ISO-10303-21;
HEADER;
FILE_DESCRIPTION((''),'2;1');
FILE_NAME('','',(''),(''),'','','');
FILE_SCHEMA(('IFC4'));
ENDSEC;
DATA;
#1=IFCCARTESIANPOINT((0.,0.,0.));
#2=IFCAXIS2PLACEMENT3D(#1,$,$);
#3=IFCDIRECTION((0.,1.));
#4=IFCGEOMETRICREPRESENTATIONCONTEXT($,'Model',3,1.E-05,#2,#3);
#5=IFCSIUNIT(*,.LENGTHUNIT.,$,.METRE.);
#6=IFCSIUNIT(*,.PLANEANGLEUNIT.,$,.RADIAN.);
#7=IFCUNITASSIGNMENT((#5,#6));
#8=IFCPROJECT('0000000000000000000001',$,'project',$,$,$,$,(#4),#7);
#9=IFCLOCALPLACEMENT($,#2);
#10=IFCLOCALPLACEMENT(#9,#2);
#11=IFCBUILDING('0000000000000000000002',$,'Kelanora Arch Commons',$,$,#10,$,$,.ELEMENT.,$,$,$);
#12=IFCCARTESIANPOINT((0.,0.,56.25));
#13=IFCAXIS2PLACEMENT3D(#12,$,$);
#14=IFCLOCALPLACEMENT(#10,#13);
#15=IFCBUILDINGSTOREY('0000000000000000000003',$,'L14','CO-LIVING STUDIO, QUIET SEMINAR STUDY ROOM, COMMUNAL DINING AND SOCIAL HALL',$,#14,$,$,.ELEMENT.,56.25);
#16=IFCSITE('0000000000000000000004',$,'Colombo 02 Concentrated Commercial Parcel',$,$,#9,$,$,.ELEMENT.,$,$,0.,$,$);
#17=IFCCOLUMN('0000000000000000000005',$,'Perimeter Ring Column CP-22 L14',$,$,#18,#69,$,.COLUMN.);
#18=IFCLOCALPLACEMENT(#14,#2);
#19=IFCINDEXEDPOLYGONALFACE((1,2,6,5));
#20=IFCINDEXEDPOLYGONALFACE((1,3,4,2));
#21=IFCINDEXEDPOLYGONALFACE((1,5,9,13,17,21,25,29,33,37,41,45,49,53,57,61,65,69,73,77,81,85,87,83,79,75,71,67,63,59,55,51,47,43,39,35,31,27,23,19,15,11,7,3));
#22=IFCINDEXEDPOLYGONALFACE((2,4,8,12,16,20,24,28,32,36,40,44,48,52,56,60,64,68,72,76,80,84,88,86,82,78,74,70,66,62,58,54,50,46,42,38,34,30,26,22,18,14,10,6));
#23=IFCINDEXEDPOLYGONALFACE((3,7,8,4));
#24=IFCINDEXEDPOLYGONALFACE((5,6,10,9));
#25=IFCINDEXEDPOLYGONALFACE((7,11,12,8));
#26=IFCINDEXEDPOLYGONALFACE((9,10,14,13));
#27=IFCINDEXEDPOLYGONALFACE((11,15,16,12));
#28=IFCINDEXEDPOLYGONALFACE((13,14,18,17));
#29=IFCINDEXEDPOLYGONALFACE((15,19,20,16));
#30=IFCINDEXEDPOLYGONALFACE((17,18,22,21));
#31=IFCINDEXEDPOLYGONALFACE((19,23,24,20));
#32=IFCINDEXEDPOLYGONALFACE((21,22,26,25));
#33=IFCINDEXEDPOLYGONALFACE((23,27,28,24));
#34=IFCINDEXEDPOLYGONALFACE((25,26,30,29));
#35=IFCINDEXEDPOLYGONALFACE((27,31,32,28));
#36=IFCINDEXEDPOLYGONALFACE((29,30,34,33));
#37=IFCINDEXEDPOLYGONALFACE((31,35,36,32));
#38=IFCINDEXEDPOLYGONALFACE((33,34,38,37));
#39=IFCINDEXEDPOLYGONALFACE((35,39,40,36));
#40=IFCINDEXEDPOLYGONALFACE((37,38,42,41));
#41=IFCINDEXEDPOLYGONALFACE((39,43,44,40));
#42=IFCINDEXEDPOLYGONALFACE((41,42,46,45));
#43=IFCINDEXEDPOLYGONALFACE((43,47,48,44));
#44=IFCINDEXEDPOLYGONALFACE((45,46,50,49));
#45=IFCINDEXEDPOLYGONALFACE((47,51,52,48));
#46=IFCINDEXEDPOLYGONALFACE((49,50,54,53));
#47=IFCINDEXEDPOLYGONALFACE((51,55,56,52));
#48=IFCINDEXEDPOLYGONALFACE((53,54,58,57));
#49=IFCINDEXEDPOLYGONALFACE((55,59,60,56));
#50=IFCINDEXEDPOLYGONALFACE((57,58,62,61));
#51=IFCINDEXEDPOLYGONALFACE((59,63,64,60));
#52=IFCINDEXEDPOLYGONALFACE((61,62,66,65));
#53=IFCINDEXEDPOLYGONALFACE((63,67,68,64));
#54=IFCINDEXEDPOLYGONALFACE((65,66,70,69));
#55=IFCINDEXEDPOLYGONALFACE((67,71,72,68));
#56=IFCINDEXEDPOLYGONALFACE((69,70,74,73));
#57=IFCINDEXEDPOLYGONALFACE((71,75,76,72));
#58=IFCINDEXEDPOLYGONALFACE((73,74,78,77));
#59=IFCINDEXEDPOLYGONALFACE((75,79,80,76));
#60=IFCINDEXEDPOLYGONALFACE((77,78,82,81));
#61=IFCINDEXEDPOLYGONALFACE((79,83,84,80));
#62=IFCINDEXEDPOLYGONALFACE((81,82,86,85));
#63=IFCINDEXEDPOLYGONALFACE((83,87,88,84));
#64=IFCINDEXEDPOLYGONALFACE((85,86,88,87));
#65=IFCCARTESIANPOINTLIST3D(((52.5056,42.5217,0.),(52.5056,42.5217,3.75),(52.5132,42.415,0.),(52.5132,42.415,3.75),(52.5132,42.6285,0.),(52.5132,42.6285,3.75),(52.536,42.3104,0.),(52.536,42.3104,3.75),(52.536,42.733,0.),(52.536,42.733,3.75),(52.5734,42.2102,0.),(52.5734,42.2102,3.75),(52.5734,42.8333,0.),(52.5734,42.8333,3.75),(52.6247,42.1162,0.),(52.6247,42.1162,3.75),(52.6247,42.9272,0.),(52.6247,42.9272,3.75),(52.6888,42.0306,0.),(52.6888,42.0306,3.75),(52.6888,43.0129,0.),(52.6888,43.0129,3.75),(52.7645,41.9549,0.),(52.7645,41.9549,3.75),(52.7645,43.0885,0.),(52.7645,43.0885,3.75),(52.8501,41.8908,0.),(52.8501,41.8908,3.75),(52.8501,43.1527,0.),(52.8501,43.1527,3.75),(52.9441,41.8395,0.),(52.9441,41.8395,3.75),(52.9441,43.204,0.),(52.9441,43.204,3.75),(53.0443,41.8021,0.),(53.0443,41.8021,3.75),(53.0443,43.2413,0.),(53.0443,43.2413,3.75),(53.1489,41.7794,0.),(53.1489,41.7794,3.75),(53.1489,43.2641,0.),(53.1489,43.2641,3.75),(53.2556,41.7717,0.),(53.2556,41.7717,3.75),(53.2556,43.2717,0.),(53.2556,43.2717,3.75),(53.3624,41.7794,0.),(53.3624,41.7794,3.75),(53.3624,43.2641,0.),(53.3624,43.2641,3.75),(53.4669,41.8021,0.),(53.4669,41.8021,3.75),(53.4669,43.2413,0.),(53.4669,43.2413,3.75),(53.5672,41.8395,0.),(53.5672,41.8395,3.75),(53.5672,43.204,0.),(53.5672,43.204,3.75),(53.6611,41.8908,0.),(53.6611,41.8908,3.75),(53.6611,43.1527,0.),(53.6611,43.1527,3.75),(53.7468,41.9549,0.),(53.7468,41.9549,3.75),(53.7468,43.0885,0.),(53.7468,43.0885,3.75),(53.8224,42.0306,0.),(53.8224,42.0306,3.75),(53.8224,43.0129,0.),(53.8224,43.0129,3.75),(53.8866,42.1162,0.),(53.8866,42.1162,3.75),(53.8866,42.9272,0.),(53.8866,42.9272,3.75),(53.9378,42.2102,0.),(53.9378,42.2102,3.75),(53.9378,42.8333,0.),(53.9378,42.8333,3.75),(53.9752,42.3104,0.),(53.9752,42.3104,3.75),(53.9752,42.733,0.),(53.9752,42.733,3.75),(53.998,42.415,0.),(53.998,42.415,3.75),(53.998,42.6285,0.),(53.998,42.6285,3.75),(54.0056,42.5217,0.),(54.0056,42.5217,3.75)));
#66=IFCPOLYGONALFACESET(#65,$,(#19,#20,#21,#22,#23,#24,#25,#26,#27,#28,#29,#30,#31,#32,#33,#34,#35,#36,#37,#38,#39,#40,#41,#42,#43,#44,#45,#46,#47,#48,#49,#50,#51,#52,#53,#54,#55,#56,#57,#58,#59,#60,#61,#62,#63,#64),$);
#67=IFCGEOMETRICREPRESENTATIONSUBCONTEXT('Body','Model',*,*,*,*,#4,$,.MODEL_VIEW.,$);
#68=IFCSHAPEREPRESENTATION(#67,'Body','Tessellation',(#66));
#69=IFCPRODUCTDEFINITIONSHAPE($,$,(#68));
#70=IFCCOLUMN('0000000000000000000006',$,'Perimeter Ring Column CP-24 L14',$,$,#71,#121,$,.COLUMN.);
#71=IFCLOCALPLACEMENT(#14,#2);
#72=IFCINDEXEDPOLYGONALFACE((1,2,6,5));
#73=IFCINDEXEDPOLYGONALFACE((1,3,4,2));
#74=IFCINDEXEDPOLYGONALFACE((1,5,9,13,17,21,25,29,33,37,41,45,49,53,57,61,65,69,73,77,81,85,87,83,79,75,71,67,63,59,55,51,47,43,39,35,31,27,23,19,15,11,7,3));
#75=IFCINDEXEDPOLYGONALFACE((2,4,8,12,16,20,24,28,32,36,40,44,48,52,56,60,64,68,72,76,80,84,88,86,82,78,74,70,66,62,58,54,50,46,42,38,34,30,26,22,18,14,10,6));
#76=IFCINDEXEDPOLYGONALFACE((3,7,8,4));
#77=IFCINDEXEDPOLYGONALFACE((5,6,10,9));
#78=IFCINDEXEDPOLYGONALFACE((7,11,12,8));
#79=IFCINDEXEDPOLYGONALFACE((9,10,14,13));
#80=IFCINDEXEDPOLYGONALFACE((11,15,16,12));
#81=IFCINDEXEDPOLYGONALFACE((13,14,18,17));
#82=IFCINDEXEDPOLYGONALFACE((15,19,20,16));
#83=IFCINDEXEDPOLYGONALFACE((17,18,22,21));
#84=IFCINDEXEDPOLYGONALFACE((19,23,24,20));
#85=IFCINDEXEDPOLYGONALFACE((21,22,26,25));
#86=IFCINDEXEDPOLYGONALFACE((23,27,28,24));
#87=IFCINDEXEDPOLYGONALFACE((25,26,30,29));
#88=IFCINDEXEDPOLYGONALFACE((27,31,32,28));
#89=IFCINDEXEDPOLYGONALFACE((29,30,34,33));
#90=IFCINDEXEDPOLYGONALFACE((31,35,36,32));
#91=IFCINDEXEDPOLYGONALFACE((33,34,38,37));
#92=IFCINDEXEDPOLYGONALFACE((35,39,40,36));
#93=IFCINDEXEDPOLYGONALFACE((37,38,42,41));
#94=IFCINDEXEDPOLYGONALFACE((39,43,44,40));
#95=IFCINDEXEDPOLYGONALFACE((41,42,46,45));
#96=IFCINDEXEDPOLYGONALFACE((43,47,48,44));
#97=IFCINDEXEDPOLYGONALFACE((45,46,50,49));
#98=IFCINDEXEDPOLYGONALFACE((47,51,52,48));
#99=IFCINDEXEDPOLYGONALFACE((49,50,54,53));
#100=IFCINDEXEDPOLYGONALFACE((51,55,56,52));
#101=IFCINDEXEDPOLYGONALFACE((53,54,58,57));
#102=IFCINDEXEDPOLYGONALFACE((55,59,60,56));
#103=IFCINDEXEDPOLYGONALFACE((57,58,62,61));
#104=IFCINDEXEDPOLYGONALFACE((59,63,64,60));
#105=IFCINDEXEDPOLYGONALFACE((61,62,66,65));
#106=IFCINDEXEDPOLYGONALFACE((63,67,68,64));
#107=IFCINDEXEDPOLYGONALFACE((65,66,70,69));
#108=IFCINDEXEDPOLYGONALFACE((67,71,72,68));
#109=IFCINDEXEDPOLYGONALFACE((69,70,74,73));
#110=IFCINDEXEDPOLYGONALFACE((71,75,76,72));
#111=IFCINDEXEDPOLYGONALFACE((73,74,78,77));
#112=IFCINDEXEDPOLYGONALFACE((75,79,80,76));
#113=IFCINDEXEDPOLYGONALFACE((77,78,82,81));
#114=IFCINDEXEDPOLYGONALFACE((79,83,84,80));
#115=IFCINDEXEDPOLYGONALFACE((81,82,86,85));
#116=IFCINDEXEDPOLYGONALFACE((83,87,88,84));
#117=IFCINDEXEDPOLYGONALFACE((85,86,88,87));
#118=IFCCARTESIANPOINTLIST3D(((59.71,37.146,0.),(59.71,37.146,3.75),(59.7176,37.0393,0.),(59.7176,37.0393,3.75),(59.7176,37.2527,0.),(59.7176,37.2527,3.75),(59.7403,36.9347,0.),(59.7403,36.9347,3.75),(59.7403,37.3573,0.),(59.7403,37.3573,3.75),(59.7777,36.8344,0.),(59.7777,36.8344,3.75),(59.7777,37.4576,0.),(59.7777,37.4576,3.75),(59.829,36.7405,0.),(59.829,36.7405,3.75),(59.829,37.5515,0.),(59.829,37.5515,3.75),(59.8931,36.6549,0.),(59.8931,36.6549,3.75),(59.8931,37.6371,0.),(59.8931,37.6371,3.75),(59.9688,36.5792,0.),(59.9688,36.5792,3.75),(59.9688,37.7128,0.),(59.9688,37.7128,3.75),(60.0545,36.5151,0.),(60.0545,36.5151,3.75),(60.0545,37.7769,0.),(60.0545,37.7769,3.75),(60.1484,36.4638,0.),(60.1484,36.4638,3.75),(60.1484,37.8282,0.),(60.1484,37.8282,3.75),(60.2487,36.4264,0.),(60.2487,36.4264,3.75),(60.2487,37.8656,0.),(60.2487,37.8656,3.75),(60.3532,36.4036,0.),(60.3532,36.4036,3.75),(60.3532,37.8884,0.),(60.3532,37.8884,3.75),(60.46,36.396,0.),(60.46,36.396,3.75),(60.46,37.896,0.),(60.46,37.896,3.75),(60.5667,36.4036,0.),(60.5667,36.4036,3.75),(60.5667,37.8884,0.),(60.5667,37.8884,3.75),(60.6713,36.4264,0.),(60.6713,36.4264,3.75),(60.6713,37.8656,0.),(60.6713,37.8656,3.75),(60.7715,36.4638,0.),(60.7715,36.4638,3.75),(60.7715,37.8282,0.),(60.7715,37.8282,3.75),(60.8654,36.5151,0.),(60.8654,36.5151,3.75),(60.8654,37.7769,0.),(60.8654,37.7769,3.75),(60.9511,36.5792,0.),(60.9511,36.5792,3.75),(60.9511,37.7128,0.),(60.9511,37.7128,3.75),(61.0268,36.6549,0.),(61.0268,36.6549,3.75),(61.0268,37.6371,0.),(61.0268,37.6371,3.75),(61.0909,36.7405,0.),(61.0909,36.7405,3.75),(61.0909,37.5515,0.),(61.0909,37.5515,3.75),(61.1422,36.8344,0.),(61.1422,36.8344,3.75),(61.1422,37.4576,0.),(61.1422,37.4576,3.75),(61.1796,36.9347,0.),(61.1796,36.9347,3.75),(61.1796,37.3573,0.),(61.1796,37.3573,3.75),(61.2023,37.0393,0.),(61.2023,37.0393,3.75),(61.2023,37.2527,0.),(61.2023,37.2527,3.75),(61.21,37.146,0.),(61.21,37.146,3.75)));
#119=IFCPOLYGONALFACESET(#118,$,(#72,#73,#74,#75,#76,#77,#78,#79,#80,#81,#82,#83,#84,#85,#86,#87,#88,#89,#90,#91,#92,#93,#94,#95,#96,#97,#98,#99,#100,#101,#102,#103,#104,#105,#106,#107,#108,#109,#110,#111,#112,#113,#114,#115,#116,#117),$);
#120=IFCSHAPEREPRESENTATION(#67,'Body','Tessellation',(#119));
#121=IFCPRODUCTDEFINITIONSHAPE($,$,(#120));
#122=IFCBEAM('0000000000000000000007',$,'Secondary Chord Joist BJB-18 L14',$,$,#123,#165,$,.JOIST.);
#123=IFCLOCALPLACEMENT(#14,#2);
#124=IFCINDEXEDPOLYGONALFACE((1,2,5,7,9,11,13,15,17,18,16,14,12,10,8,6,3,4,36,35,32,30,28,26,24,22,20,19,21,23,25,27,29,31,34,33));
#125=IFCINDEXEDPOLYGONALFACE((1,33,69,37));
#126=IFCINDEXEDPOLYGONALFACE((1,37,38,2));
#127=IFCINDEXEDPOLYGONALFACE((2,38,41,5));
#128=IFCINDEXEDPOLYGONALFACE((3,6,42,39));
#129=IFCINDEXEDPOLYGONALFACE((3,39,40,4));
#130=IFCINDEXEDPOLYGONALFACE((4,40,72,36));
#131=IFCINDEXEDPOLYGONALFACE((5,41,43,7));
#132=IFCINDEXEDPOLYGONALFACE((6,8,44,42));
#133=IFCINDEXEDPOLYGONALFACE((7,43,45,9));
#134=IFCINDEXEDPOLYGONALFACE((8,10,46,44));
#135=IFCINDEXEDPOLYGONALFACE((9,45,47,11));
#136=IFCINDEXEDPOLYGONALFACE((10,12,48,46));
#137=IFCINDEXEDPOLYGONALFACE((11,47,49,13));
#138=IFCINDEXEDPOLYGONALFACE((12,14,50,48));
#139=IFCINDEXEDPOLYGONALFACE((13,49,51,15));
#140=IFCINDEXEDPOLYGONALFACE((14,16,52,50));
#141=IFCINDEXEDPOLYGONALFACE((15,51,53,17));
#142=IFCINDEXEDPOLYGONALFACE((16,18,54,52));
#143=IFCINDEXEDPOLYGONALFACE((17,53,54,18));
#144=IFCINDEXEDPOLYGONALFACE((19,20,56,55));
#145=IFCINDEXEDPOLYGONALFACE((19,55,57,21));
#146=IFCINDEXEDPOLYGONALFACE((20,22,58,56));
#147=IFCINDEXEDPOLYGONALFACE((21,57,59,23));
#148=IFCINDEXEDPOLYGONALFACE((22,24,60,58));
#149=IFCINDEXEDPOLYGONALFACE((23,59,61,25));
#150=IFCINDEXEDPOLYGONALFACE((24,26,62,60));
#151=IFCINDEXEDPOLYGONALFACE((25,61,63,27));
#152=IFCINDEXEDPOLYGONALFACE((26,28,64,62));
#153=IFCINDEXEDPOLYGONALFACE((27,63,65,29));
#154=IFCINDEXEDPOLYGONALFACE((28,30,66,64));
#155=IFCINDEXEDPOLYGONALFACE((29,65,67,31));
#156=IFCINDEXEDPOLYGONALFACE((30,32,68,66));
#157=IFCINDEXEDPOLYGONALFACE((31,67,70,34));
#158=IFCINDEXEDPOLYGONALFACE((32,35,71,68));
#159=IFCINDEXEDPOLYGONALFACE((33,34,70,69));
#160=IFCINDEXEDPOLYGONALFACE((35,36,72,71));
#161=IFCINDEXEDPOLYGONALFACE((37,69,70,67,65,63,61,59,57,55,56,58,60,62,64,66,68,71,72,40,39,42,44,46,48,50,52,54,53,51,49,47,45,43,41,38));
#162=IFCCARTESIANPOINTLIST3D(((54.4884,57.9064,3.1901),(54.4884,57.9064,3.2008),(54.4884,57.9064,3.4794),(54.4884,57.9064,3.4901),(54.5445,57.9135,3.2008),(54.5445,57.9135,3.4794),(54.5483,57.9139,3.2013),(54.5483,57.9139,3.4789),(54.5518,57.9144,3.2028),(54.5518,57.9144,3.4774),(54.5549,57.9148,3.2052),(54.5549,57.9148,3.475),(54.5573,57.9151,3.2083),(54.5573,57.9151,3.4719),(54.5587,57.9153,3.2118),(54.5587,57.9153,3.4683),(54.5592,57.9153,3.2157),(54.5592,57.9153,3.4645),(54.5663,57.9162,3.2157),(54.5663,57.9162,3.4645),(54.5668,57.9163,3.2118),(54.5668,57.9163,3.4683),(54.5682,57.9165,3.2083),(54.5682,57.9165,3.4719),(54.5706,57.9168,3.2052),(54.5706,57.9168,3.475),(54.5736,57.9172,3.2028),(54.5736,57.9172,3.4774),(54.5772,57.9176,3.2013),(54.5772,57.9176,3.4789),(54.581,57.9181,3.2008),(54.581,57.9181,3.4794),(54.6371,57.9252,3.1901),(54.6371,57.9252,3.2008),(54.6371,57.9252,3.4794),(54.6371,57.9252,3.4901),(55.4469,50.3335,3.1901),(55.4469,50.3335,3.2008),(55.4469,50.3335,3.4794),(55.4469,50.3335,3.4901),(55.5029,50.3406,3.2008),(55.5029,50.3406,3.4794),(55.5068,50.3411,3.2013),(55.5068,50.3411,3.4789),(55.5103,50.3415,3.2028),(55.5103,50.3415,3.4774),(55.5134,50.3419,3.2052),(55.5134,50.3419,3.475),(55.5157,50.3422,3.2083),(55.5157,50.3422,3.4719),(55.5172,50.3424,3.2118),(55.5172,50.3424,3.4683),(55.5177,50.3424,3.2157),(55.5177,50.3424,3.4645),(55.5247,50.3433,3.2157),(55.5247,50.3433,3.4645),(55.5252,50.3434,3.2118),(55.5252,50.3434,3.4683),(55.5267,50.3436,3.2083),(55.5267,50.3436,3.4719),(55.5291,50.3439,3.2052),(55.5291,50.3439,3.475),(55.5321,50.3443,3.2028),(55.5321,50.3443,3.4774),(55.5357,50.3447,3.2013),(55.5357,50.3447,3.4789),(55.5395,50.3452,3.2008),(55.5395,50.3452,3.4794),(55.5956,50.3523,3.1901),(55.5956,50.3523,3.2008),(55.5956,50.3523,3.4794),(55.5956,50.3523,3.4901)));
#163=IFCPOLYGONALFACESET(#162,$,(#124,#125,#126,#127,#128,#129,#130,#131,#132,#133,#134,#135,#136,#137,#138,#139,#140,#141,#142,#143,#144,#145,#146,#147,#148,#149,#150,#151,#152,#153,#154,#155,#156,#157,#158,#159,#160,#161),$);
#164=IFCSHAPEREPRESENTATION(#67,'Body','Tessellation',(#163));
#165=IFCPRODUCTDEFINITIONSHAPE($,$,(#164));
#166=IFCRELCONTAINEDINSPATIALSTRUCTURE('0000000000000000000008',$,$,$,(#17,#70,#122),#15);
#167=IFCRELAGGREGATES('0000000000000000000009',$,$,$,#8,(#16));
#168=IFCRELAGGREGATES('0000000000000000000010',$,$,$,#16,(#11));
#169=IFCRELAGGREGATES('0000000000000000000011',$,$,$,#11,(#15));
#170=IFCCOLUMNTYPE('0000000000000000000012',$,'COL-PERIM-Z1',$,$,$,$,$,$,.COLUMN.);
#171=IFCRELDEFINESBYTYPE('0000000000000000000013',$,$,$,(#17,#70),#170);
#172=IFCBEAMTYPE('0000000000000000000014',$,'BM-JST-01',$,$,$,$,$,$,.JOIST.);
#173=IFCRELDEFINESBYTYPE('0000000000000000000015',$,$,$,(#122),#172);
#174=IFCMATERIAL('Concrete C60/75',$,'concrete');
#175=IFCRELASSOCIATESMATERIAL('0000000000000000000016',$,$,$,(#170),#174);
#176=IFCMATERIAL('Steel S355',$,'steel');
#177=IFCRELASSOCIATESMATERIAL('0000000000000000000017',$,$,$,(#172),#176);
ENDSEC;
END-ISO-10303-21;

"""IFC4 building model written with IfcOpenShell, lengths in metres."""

from ifc_helpers import new_model, si_unit, direction, frame, origin, origin_2d, place, context, subcontext, project, spatial, circle, i_section, extrude, material, material_profile, profile_set, type_object, element, save


model = new_model("IFC4")

# Units and contexts
model_context = context("Model", 3, precision=1e-05, world=origin(), true_north=direction((0.0, 1.0)))
body_context = subcontext(model_context, "Body", "Model", "MODEL_VIEW")
ifc_project = project(units=[si_unit("LENGTHUNIT", "METRE"), si_unit("PLANEANGLEUNIT", "RADIAN")], contexts=[model_context])

# Site, building, storey
site_placement = place(None, origin())
site = spatial("IfcSite", under=ifc_project, at=site_placement, Name="Colombo 02 Concentrated Commercial Parcel", CompositionType="ELEMENT", RefElevation=0.0)
building_placement = place(site_placement, origin())
building = spatial("IfcBuilding", under=site, at=building_placement, Name="Kelanora Arch Commons", CompositionType="ELEMENT")
storey_placement = place(building_placement, frame((0.0, 0.0, 56.25)))
storey = spatial("IfcBuildingStorey", under=building, at=storey_placement, Name="L14", Description="CO-LIVING STUDIO, QUIET SEMINAR STUDY ROOM, COMMUNAL DINING AND SOCIAL HALL", CompositionType="ELEMENT", Elevation=56.25)

# Columns
ifc_material_1 = material(Name="Concrete C60/75", Category="concrete")
ifc_material_profile_1 = material_profile(ifc_material_1, circle(Radius=0.75, at=origin_2d()), Name="RCC1500")
ifc_profile_set_1 = profile_set([ifc_material_profile_1], Name="Concrete C60/75")
column_type = type_object("IfcColumnType", Name="COL-PERIM-Z1", PredefinedType="COLUMN", material=ifc_profile_set_1)
for number, where, z_axis, x_axis, name in (
    (1, (53.2556, 42.5217, 0.0), (0.0, 0.0, 1.0), (1.0, 0.0, 0.0), "Perimeter Ring Column CP-22 L14"),
    (2, (60.46, 37.146, 0.0), (0.0, 0.0, 1.0), (1.0, 0.0, 0.0), "Perimeter Ring Column CP-24 L14"),
):
    element("IfcColumn", number, at=place(storey_placement, frame(where, z_axis=z_axis, x_axis=x_axis)), inside=storey, type_object=column_type, Name=name, PredefinedType="COLUMN", context=body_context, shape_type="SweptSolid", body=[
        extrude(circle(Radius=0.75, at=origin_2d()), origin(), (0.0, 0.0, 1.0), 3.75),
    ])

# Beam
ifc_material_2 = material(Name="Steel S355", Category="steel")
ifc_material_profile_2 = material_profile(ifc_material_2, i_section(OverallWidth=0.1499, OverallDepth=0.3, WebThickness=0.0071, FlangeThickness=0.0107, FilletRadius=0.0149, at=origin_2d()), Name="IPE300")
ifc_profile_set_2 = profile_set([ifc_material_profile_2], Name="Steel S355")
beam_type_1 = type_object("IfcBeamType", Name="BM-JST-01", PredefinedType="JOIST", material=ifc_profile_set_2)
beam_1_placement = place(storey_placement, frame((54.5627, 57.9158, 3.3401), z_axis=(0.125566, -0.992085, 0.0), x_axis=(0.992085, 0.125566, 0.0)))
element("IfcBeam", 3, at=beam_1_placement, inside=storey, type_object=beam_type_1, Name="Secondary Chord Joist BJB-18 L14", PredefinedType="JOIST", context=body_context, shape_type="SweptSolid", body=[
    extrude(i_section(OverallWidth=0.1499, OverallDepth=0.3, WebThickness=0.0071, FlangeThickness=0.0107, FilletRadius=0.0149, at=origin_2d()), origin(), (0.0, 0.0, 1.0), 7.6333),
])

save(model, "model.ifc")
